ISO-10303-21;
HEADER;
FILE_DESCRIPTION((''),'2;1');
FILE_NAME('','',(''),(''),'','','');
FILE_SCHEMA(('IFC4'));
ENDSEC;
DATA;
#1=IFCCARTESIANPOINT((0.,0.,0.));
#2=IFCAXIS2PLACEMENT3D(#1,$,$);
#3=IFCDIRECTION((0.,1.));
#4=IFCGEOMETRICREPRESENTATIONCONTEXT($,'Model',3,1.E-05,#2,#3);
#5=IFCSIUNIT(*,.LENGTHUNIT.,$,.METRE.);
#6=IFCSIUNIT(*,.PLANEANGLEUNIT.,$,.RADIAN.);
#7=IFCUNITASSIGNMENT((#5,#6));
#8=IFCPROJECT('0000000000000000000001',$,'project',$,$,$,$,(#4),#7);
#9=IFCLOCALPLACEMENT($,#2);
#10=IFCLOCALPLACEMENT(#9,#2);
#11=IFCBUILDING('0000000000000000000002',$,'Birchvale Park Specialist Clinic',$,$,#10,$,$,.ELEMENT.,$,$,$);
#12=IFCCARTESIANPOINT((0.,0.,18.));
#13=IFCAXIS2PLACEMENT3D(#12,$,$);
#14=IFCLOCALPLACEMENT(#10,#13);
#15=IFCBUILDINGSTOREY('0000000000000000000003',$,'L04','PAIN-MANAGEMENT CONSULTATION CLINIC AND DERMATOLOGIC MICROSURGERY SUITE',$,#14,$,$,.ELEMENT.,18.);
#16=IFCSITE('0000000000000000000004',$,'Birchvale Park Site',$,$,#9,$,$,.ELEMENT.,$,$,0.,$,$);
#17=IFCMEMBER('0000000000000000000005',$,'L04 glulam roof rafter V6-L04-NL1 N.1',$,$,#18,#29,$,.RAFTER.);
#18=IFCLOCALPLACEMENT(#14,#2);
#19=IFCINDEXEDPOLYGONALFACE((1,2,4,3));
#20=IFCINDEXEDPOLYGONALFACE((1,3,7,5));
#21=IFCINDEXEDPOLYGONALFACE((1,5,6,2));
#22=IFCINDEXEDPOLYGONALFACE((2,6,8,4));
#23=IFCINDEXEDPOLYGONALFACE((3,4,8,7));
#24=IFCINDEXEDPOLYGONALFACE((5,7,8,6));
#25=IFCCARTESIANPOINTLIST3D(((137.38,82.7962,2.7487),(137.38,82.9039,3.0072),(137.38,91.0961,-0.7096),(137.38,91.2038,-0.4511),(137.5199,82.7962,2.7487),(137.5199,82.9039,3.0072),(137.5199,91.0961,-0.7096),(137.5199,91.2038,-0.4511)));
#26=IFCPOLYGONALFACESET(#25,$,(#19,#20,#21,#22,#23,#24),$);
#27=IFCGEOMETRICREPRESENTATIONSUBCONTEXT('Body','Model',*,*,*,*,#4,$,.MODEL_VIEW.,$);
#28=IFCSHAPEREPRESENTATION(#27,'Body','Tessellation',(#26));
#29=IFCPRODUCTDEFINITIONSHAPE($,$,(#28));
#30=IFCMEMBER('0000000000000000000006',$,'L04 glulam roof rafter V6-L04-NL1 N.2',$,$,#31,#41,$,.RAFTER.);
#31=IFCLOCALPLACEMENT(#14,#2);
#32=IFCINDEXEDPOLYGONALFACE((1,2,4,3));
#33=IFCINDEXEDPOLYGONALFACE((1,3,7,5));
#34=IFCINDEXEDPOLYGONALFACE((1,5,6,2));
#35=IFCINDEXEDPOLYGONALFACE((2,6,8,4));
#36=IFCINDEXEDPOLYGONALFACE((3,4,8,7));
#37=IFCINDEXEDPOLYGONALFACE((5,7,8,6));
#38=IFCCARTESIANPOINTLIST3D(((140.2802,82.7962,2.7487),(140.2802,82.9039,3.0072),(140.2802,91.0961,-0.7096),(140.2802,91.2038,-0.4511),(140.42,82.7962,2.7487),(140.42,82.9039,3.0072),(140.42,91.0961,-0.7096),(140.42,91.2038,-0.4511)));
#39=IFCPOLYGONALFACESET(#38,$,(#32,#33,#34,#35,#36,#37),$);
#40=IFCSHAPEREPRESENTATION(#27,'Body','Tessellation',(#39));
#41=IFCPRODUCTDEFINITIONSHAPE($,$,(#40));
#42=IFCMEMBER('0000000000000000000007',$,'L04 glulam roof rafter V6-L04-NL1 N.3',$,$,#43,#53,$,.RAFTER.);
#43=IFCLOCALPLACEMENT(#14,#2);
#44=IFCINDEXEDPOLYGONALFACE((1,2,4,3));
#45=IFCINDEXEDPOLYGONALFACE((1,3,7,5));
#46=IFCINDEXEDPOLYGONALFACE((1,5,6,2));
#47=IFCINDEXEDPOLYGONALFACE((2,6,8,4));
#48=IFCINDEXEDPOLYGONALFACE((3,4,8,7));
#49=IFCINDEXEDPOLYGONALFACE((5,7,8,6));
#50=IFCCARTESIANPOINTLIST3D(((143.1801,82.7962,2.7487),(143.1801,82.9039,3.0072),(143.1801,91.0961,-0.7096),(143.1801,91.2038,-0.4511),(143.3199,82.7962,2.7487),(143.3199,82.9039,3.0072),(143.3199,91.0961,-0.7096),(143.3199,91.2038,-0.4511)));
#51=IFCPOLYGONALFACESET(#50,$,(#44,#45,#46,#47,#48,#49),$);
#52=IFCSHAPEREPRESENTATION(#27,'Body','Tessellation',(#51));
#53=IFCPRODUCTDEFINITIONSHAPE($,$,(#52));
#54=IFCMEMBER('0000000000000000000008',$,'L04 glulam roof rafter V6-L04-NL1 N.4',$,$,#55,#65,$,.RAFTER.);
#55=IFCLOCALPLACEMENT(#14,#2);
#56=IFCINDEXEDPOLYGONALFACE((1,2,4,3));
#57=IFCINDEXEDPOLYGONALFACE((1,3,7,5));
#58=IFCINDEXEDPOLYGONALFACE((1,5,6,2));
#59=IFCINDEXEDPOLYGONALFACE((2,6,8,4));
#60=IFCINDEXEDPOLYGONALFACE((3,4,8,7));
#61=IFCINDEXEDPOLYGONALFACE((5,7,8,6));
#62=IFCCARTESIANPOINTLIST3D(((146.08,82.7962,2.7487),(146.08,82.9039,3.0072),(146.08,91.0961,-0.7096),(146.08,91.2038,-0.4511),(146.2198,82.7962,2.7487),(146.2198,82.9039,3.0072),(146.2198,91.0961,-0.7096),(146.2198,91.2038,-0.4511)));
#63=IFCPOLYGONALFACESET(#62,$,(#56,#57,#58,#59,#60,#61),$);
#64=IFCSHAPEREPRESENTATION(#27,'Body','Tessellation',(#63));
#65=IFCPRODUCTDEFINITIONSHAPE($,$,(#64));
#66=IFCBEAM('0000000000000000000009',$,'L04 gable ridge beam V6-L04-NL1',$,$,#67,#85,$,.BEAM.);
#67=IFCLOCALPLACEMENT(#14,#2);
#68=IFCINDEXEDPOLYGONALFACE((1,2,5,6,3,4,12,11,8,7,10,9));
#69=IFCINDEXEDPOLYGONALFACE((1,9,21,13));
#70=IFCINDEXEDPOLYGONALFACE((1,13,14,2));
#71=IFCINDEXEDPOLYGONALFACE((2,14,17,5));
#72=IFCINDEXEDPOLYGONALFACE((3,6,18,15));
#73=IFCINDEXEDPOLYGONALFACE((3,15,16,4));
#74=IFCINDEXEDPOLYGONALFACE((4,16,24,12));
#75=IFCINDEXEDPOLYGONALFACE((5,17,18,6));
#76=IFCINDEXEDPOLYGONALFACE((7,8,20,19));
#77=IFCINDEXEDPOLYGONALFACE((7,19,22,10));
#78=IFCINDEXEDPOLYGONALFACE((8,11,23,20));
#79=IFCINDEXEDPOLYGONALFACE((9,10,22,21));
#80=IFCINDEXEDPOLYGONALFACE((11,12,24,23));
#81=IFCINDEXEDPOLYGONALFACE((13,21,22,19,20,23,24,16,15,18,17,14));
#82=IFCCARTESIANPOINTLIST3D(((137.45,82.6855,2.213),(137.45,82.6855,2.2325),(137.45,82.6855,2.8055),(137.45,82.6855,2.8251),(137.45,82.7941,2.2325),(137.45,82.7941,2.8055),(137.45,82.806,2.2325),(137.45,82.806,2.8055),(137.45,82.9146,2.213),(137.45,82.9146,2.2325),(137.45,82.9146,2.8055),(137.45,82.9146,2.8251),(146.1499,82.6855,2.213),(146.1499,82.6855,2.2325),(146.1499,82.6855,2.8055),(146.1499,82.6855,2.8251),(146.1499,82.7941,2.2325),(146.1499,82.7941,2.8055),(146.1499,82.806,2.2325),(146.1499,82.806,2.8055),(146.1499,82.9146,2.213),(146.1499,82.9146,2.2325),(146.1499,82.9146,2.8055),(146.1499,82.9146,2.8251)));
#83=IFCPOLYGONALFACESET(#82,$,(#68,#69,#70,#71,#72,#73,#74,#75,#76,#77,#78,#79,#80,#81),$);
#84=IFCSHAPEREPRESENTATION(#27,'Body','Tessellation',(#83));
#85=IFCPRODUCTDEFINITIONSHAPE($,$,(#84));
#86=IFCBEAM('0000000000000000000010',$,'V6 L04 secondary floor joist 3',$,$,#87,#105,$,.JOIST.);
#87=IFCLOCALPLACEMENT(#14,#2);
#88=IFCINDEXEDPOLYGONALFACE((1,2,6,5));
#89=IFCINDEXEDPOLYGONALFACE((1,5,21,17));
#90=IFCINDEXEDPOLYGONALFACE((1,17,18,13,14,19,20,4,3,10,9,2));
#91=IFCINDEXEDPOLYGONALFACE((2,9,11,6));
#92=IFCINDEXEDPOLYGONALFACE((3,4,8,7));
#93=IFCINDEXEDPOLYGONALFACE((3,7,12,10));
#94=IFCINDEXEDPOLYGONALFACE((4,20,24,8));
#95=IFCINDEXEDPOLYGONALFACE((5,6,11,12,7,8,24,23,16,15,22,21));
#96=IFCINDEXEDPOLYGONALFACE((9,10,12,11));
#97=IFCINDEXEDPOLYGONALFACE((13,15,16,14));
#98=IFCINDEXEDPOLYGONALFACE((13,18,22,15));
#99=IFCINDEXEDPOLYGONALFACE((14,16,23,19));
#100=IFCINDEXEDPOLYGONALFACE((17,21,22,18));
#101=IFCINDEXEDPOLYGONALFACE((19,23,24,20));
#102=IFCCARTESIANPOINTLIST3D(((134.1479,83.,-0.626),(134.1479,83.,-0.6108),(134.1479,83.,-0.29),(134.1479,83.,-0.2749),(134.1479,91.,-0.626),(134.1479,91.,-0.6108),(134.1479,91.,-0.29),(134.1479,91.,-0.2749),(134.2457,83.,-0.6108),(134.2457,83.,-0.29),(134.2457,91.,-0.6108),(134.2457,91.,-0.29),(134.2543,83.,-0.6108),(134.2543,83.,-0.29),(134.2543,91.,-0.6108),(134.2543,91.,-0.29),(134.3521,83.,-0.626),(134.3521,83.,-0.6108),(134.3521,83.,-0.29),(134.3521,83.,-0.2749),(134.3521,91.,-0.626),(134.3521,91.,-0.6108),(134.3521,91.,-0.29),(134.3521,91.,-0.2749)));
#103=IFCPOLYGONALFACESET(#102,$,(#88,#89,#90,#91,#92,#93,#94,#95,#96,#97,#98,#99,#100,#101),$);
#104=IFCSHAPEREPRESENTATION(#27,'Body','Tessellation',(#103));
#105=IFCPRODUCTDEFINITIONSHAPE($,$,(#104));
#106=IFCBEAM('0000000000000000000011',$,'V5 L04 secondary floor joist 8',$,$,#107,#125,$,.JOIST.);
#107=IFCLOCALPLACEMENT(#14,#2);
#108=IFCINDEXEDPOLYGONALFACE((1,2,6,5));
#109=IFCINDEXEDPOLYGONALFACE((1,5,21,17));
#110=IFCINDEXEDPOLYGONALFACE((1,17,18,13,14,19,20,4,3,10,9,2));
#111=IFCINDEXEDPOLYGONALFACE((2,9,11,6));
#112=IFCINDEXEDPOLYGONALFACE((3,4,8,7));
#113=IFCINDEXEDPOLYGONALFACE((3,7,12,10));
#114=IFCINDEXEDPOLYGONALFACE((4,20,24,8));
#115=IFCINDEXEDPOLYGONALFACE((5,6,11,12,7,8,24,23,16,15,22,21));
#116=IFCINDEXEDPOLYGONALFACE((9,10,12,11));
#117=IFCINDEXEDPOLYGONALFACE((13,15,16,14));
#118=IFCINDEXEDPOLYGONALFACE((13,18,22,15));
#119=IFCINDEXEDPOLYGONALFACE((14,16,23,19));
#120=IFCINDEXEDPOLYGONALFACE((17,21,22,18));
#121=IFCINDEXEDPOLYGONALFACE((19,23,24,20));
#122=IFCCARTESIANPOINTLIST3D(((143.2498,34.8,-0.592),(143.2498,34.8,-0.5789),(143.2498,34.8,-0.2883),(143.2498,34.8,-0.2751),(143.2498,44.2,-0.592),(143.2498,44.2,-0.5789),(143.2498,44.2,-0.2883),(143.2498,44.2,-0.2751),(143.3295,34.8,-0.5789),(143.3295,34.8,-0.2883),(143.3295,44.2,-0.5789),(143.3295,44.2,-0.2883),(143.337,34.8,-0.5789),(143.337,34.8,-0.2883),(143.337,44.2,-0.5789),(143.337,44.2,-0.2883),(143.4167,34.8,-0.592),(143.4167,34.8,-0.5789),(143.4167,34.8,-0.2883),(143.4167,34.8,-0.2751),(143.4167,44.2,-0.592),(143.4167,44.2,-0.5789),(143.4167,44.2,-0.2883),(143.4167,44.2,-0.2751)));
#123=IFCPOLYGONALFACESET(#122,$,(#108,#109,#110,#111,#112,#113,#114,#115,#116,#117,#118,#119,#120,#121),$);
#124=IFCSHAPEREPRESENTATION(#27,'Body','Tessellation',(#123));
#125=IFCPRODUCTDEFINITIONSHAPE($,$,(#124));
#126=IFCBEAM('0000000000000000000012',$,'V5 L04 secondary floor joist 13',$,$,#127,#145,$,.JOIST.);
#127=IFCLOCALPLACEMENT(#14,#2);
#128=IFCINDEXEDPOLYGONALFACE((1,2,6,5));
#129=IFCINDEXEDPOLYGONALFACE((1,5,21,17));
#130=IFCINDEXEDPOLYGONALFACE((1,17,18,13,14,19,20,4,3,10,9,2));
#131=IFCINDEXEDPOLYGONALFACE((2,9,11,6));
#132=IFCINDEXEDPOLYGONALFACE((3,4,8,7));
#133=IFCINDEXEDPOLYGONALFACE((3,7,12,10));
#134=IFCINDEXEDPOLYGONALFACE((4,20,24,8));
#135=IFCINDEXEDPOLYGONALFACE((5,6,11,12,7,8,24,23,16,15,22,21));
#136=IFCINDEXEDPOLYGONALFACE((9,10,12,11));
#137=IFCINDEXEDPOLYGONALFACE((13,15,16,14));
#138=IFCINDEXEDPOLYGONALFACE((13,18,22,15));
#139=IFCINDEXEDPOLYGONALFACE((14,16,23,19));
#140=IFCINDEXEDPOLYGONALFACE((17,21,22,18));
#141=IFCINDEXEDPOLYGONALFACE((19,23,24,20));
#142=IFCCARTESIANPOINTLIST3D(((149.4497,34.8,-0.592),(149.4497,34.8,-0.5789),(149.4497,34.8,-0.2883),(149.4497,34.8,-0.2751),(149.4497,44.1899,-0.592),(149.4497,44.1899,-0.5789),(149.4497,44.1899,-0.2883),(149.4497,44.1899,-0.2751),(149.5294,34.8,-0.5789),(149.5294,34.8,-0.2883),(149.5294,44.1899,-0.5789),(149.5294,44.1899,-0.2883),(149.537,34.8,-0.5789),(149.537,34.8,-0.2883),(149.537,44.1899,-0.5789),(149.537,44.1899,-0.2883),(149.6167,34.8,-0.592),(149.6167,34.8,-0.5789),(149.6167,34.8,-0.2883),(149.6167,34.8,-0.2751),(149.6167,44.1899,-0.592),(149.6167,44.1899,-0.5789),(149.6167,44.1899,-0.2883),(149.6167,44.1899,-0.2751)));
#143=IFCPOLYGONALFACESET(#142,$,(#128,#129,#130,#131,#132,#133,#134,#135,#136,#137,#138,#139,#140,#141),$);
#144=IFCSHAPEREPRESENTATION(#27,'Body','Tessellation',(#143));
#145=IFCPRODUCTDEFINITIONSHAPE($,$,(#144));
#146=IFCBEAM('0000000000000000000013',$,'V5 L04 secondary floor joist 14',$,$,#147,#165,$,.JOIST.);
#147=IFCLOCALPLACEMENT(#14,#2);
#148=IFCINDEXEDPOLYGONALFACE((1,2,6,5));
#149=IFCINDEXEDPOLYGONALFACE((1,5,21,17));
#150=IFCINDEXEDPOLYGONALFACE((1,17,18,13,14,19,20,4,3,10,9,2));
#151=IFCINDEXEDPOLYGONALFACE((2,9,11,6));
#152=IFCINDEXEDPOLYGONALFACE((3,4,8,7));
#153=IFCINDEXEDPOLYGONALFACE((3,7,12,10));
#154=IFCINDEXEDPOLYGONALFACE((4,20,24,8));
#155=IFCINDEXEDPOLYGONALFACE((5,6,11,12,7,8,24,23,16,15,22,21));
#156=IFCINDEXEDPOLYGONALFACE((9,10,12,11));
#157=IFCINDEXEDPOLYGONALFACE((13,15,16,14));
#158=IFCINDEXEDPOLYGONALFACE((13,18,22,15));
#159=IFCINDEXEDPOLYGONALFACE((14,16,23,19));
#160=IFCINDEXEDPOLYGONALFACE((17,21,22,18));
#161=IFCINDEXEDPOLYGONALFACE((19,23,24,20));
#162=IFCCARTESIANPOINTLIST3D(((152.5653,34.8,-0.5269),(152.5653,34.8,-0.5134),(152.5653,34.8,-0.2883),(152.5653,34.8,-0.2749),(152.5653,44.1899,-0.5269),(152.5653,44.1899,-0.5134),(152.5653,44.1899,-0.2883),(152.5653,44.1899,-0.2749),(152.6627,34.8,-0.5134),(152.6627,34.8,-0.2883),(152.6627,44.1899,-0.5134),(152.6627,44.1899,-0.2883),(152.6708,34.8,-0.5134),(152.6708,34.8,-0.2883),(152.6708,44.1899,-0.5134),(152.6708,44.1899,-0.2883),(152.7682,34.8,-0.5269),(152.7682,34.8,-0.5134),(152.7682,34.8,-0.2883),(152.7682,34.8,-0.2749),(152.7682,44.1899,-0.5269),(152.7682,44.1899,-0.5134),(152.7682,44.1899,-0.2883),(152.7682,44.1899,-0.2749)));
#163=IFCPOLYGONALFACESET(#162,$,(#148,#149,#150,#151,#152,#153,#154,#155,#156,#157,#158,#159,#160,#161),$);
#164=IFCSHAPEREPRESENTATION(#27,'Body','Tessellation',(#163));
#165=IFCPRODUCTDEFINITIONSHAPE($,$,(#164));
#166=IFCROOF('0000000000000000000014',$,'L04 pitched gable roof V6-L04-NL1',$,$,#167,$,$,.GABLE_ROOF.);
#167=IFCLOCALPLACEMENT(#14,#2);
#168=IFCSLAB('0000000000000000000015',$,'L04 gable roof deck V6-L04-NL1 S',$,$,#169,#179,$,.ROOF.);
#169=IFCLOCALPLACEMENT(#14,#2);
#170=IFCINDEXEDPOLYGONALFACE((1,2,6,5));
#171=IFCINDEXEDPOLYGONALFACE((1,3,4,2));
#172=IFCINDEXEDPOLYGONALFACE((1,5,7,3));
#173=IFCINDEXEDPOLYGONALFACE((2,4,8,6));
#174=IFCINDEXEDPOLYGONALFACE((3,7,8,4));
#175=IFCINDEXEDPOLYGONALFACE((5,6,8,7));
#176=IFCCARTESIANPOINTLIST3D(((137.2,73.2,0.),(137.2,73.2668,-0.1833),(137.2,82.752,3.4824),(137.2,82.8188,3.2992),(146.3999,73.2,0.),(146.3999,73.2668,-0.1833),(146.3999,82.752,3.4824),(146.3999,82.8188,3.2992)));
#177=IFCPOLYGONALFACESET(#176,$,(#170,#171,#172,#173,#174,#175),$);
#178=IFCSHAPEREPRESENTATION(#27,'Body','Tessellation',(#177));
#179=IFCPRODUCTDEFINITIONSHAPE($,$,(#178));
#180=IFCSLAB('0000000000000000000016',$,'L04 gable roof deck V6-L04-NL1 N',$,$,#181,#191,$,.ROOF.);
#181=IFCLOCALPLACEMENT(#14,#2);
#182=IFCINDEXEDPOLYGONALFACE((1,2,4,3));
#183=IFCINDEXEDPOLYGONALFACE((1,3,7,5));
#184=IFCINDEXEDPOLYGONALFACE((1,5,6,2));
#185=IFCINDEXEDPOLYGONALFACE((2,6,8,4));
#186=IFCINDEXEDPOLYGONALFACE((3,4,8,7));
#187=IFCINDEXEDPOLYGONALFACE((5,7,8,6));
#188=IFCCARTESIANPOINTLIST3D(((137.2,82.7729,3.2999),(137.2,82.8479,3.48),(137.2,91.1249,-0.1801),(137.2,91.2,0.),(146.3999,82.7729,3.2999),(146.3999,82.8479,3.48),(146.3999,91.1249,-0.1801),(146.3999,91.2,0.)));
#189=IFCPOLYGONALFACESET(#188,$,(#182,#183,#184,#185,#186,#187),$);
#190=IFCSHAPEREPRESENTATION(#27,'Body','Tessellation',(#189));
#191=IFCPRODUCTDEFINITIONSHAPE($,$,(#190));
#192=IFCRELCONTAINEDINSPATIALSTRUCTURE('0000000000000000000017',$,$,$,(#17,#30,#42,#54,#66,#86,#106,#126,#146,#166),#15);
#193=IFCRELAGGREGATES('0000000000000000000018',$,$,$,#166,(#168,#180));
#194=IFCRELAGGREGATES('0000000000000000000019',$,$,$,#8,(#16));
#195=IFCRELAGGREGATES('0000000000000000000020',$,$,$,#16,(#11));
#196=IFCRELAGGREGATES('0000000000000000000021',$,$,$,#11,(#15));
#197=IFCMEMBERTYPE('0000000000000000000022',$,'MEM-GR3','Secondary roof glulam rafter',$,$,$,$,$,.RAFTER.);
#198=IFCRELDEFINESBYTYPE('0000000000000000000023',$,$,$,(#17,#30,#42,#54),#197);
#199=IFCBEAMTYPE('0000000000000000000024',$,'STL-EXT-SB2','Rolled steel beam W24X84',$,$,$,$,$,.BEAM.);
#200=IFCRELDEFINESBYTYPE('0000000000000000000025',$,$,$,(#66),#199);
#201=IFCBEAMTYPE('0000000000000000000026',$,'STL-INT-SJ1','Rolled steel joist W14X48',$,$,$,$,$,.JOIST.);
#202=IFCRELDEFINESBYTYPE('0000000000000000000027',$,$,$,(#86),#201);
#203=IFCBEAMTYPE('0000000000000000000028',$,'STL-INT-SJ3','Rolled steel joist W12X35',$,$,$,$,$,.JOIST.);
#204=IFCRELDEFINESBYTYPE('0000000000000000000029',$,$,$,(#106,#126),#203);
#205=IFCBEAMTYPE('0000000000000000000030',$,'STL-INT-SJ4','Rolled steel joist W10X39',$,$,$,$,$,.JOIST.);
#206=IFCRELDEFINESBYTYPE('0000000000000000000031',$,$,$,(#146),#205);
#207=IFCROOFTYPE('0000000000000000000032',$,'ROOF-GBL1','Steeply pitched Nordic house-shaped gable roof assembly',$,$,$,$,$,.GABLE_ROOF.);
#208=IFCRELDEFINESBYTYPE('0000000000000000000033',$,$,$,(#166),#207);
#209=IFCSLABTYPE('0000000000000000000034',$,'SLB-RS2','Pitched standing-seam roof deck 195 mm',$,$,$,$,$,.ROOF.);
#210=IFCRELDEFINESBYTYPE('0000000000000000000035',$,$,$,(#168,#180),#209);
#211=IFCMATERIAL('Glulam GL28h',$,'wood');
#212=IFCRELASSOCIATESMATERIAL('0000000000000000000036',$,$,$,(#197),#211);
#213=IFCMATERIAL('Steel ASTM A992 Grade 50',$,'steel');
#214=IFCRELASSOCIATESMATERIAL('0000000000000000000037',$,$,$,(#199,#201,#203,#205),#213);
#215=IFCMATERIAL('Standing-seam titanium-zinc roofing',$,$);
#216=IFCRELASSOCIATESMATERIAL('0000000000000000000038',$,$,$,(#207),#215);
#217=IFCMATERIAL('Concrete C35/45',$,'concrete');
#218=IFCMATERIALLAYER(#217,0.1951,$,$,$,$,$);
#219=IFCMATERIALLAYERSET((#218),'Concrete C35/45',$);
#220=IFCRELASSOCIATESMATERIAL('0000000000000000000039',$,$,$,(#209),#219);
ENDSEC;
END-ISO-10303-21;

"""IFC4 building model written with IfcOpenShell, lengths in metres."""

from ifc_helpers import new_model, si_unit, direction, frame, origin, origin_2d, place, context, subcontext, project, spatial, polyline, rectangle, i_section, outline, extrude, material, layer, layer_set, material_profile, profile_set, type_object, element, aggregate, save


model = new_model("IFC4")

# Units and contexts
model_context = context("Model", 3, precision=1e-05, world=origin(), true_north=direction((0.0, 1.0)))
body_context = subcontext(model_context, "Body", "Model", "MODEL_VIEW")
ifc_project = project(units=[si_unit("LENGTHUNIT", "METRE"), si_unit("PLANEANGLEUNIT", "RADIAN")], contexts=[model_context])

# Site, building, storey
site_placement = place(None, origin())
site = spatial("IfcSite", under=ifc_project, at=site_placement, Name="Birchvale Park Site", CompositionType="ELEMENT", RefElevation=0.0)
building_placement = place(site_placement, origin())
building = spatial("IfcBuilding", under=site, at=building_placement, Name="Birchvale Park Specialist Clinic", CompositionType="ELEMENT")
storey_placement = place(building_placement, frame((0.0, 0.0, 18.0)))
storey = spatial("IfcBuildingStorey", under=building, at=storey_placement, Name="L04", Description="PAIN-MANAGEMENT CONSULTATION CLINIC AND DERMATOLOGIC MICROSURGERY SUITE", CompositionType="ELEMENT", Elevation=18.0)

# Members
ifc_material_1 = material(Name="Glulam GL28h", Category="wood")
ifc_material_profile_1 = material_profile(ifc_material_1, rectangle(XDim=0.1399, YDim=0.28, at=origin_2d()), Name="GL-140x280")
ifc_profile_set_1 = profile_set([ifc_material_profile_1], Name="Glulam GL28h")
member_type_1 = type_object("IfcMemberType", Name="MEM-GR3", Description="Secondary roof glulam rafter", PredefinedType="RAFTER", material=ifc_profile_set_1)
for number, where, z_axis, x_axis, name in (
    (1, (137.45, 82.8501, 2.8779), (0.0, 0.923077, -0.384615), (-1.0, 0.0, 0.0), "L04 glulam roof rafter V6-L04-NL1 N.1"),
    (2, (140.3501, 82.8501, 2.8779), (0.0, 0.923077, -0.384615), (-1.0, 0.0, 0.0), "L04 glulam roof rafter V6-L04-NL1 N.2"),
    (3, (143.25, 82.8501, 2.8779), (0.0, 0.923077, -0.384615), (-1.0, 0.0, 0.0), "L04 glulam roof rafter V6-L04-NL1 N.3"),
    (4, (146.1499, 82.8501, 2.8779), (0.0, 0.923077, -0.384615), (-1.0, 0.0, 0.0), "L04 glulam roof rafter V6-L04-NL1 N.4"),
):
    element("IfcMember", number, at=place(storey_placement, frame(where, z_axis=z_axis, x_axis=x_axis)), inside=storey, type_object=member_type_1, Name=name, PredefinedType="RAFTER", context=body_context, shape_type="SweptSolid", body=[
        extrude(rectangle(XDim=0.1399, YDim=0.28, at=origin_2d()), origin(), (0.0, 0.0, 1.0), 8.9915),
    ])

# Beams
ifc_material_2 = material(Name="Steel ASTM A992 Grade 50", Category="steel")
ifc_material_profile_2 = material_profile(ifc_material_2, i_section(OverallWidth=0.229, OverallDepth=0.6121, WebThickness=0.012, FlangeThickness=0.0195, at=origin_2d()), Name="W24X84")
ifc_profile_set_2 = profile_set([ifc_material_profile_2], Name="Steel ASTM A992 Grade 50")
beam_type_1 = type_object("IfcBeamType", Name="STL-EXT-SB2", Description="Rolled steel beam W24X84", PredefinedType="BEAM", material=ifc_profile_set_2)
beam_1_placement = place(storey_placement, frame((137.45, 82.8, 2.519), z_axis=(1.0, 0.0, 0.0), x_axis=(0.0, 1.0, 0.0)))
element("IfcBeam", 5, at=beam_1_placement, inside=storey, type_object=beam_type_1, Name="L04 gable ridge beam V6-L04-NL1", PredefinedType="BEAM", context=body_context, shape_type="SweptSolid", body=[
    extrude(i_section(OverallWidth=0.229, OverallDepth=0.6121, WebThickness=0.012, FlangeThickness=0.0195, at=origin_2d()), origin(), (0.0, 0.0, 1.0), 8.7),
])
ifc_material_profile_3 = material_profile(ifc_material_2, i_section(OverallWidth=0.2041, OverallDepth=0.3511, WebThickness=0.0085, FlangeThickness=0.0151, at=origin_2d()), Name="W14X48")
ifc_profile_set_3 = profile_set([ifc_material_profile_3], Name="Steel ASTM A992 Grade 50")
beam_type_2 = type_object("IfcBeamType", Name="STL-INT-SJ1", Description="Rolled steel joist W14X48", PredefinedType="JOIST", material=ifc_profile_set_3)
beam_2_placement = place(storey_placement, frame((134.25, 83.0, -0.4504), z_axis=(0.0, 1.0, 0.0), x_axis=(-1.0, 0.0, 0.0)))
element("IfcBeam", 6, at=beam_2_placement, inside=storey, type_object=beam_type_2, Name="V6 L04 secondary floor joist 3", PredefinedType="JOIST", context=body_context, shape_type="SweptSolid", body=[
    extrude(i_section(OverallWidth=0.2041, OverallDepth=0.3511, WebThickness=0.0085, FlangeThickness=0.0151, at=origin_2d()), origin(), (0.0, 0.0, 1.0), 8.0),
])
ifc_material_profile_4 = material_profile(ifc_material_2, i_section(OverallWidth=0.167, OverallDepth=0.3169, WebThickness=0.0076, FlangeThickness=0.0132, at=origin_2d()), Name="W12X35")
ifc_profile_set_4 = profile_set([ifc_material_profile_4], Name="Steel ASTM A992 Grade 50")
beam_type_3 = type_object("IfcBeamType", Name="STL-INT-SJ3", Description="Rolled steel joist W12X35", PredefinedType="JOIST", material=ifc_profile_set_4)
beam_3_placement = place(storey_placement, frame((143.3333, 34.8, -0.4336), z_axis=(0.0, 1.0, 0.0), x_axis=(-1.0, 0.0, 0.0)))
element("IfcBeam", 7, at=beam_3_placement, inside=storey, type_object=beam_type_3, Name="V5 L04 secondary floor joist 8", PredefinedType="JOIST", context=body_context, shape_type="SweptSolid", body=[
    extrude(i_section(OverallWidth=0.167, OverallDepth=0.3169, WebThickness=0.0076, FlangeThickness=0.0132, at=origin_2d()), origin(), (0.0, 0.0, 1.0), 9.3999),
])
beam_4_placement = place(storey_placement, frame((149.5332, 34.8, -0.4336), z_axis=(0.0, 1.0, 0.0), x_axis=(-1.0, 0.0, 0.0)))
element("IfcBeam", 8, at=beam_4_placement, inside=storey, type_object=beam_type_3, Name="V5 L04 secondary floor joist 13", PredefinedType="JOIST", context=body_context, shape_type="SweptSolid", body=[
    extrude(i_section(OverallWidth=0.167, OverallDepth=0.3169, WebThickness=0.0076, FlangeThickness=0.0132, at=origin_2d()), origin(), (0.0, 0.0, 1.0), 9.3899),
])
ifc_material_profile_5 = material_profile(ifc_material_2, i_section(OverallWidth=0.2029, OverallDepth=0.252, WebThickness=0.0081, FlangeThickness=0.0134, at=origin_2d()), Name="W10X39")
ifc_profile_set_5 = profile_set([ifc_material_profile_5], Name="Steel ASTM A992 Grade 50")
beam_type_4 = type_object("IfcBeamType", Name="STL-INT-SJ4", Description="Rolled steel joist W10X39", PredefinedType="JOIST", material=ifc_profile_set_5)
beam_5_placement = place(storey_placement, frame((152.6667, 34.8, -0.4009), z_axis=(0.0, 1.0, 0.0), x_axis=(-1.0, 0.0, 0.0)))
element("IfcBeam", 9, at=beam_5_placement, inside=storey, type_object=beam_type_4, Name="V5 L04 secondary floor joist 14", PredefinedType="JOIST", context=body_context, shape_type="SweptSolid", body=[
    extrude(i_section(OverallWidth=0.2029, OverallDepth=0.252, WebThickness=0.0081, FlangeThickness=0.0134, at=origin_2d()), origin(), (0.0, 0.0, 1.0), 9.3899),
])

# Roof, slabs
ifc_material_3 = material(Name="Standing-seam titanium-zinc roofing")
roof_type = type_object("IfcRoofType", Name="ROOF-GBL1", Description="Steeply pitched Nordic house-shaped gable roof assembly", PredefinedType="GABLE_ROOF", material=ifc_material_3)
roof_placement = place(storey_placement, origin())
roof = element("IfcRoof", 10, at=roof_placement, inside=storey, type_object=roof_type, Name="L04 pitched gable roof V6-L04-NL1", PredefinedType="GABLE_ROOF")
ifc_material_4 = material(Name="Concrete C35/45", Category="concrete")
ifc_layer_1 = layer(ifc_material_4, 0.1951)
ifc_layer_set_1 = layer_set([ifc_layer_1], Name="Concrete C35/45")
slab_type = type_object("IfcSlabType", Name="SLB-RS2", Description="Pitched standing-seam roof deck 195 mm", PredefinedType="ROOF", material=ifc_layer_set_1)
slab_1_placement = place(storey_placement, frame((137.2, 73.2, 0.0), z_axis=(0.0, -0.342522, 0.93951), x_axis=(1.0, 0.0, 0.0)))
slab_1 = element("IfcSlab", 11, at=slab_1_placement, type_object=slab_type, Name="L04 gable roof deck V6-L04-NL1 S", PredefinedType="ROOF", context=body_context, shape_type="SweptSolid", body=[
    extrude(outline(polyline([(0.0, 0.0), (9.2, 0.0), (9.2, 10.167), (0.0, 10.167), (0.0, 0.0)])), origin(), (0.0, 0.0, -1.0), 0.1951),
])
slab_2_placement = place(storey_placement, frame((137.2, 82.8479, 3.48), z_axis=(0.0, 0.384612, 0.923079), x_axis=(1.0, 0.0, 0.0)))
slab_2 = element("IfcSlab", 12, at=slab_2_placement, type_object=slab_type, Name="L04 gable roof deck V6-L04-NL1 N", PredefinedType="ROOF", context=body_context, shape_type="SweptSolid", body=[
    extrude(outline(polyline([(0.0, 0.0), (9.2, 0.0), (9.2, 9.048), (0.0, 9.048), (0.0, 0.0)])), origin(), (0.0, 0.0, -1.0), 0.1951),
])
aggregate(roof, [slab_1, slab_2])

save(model, "model.ifc")
